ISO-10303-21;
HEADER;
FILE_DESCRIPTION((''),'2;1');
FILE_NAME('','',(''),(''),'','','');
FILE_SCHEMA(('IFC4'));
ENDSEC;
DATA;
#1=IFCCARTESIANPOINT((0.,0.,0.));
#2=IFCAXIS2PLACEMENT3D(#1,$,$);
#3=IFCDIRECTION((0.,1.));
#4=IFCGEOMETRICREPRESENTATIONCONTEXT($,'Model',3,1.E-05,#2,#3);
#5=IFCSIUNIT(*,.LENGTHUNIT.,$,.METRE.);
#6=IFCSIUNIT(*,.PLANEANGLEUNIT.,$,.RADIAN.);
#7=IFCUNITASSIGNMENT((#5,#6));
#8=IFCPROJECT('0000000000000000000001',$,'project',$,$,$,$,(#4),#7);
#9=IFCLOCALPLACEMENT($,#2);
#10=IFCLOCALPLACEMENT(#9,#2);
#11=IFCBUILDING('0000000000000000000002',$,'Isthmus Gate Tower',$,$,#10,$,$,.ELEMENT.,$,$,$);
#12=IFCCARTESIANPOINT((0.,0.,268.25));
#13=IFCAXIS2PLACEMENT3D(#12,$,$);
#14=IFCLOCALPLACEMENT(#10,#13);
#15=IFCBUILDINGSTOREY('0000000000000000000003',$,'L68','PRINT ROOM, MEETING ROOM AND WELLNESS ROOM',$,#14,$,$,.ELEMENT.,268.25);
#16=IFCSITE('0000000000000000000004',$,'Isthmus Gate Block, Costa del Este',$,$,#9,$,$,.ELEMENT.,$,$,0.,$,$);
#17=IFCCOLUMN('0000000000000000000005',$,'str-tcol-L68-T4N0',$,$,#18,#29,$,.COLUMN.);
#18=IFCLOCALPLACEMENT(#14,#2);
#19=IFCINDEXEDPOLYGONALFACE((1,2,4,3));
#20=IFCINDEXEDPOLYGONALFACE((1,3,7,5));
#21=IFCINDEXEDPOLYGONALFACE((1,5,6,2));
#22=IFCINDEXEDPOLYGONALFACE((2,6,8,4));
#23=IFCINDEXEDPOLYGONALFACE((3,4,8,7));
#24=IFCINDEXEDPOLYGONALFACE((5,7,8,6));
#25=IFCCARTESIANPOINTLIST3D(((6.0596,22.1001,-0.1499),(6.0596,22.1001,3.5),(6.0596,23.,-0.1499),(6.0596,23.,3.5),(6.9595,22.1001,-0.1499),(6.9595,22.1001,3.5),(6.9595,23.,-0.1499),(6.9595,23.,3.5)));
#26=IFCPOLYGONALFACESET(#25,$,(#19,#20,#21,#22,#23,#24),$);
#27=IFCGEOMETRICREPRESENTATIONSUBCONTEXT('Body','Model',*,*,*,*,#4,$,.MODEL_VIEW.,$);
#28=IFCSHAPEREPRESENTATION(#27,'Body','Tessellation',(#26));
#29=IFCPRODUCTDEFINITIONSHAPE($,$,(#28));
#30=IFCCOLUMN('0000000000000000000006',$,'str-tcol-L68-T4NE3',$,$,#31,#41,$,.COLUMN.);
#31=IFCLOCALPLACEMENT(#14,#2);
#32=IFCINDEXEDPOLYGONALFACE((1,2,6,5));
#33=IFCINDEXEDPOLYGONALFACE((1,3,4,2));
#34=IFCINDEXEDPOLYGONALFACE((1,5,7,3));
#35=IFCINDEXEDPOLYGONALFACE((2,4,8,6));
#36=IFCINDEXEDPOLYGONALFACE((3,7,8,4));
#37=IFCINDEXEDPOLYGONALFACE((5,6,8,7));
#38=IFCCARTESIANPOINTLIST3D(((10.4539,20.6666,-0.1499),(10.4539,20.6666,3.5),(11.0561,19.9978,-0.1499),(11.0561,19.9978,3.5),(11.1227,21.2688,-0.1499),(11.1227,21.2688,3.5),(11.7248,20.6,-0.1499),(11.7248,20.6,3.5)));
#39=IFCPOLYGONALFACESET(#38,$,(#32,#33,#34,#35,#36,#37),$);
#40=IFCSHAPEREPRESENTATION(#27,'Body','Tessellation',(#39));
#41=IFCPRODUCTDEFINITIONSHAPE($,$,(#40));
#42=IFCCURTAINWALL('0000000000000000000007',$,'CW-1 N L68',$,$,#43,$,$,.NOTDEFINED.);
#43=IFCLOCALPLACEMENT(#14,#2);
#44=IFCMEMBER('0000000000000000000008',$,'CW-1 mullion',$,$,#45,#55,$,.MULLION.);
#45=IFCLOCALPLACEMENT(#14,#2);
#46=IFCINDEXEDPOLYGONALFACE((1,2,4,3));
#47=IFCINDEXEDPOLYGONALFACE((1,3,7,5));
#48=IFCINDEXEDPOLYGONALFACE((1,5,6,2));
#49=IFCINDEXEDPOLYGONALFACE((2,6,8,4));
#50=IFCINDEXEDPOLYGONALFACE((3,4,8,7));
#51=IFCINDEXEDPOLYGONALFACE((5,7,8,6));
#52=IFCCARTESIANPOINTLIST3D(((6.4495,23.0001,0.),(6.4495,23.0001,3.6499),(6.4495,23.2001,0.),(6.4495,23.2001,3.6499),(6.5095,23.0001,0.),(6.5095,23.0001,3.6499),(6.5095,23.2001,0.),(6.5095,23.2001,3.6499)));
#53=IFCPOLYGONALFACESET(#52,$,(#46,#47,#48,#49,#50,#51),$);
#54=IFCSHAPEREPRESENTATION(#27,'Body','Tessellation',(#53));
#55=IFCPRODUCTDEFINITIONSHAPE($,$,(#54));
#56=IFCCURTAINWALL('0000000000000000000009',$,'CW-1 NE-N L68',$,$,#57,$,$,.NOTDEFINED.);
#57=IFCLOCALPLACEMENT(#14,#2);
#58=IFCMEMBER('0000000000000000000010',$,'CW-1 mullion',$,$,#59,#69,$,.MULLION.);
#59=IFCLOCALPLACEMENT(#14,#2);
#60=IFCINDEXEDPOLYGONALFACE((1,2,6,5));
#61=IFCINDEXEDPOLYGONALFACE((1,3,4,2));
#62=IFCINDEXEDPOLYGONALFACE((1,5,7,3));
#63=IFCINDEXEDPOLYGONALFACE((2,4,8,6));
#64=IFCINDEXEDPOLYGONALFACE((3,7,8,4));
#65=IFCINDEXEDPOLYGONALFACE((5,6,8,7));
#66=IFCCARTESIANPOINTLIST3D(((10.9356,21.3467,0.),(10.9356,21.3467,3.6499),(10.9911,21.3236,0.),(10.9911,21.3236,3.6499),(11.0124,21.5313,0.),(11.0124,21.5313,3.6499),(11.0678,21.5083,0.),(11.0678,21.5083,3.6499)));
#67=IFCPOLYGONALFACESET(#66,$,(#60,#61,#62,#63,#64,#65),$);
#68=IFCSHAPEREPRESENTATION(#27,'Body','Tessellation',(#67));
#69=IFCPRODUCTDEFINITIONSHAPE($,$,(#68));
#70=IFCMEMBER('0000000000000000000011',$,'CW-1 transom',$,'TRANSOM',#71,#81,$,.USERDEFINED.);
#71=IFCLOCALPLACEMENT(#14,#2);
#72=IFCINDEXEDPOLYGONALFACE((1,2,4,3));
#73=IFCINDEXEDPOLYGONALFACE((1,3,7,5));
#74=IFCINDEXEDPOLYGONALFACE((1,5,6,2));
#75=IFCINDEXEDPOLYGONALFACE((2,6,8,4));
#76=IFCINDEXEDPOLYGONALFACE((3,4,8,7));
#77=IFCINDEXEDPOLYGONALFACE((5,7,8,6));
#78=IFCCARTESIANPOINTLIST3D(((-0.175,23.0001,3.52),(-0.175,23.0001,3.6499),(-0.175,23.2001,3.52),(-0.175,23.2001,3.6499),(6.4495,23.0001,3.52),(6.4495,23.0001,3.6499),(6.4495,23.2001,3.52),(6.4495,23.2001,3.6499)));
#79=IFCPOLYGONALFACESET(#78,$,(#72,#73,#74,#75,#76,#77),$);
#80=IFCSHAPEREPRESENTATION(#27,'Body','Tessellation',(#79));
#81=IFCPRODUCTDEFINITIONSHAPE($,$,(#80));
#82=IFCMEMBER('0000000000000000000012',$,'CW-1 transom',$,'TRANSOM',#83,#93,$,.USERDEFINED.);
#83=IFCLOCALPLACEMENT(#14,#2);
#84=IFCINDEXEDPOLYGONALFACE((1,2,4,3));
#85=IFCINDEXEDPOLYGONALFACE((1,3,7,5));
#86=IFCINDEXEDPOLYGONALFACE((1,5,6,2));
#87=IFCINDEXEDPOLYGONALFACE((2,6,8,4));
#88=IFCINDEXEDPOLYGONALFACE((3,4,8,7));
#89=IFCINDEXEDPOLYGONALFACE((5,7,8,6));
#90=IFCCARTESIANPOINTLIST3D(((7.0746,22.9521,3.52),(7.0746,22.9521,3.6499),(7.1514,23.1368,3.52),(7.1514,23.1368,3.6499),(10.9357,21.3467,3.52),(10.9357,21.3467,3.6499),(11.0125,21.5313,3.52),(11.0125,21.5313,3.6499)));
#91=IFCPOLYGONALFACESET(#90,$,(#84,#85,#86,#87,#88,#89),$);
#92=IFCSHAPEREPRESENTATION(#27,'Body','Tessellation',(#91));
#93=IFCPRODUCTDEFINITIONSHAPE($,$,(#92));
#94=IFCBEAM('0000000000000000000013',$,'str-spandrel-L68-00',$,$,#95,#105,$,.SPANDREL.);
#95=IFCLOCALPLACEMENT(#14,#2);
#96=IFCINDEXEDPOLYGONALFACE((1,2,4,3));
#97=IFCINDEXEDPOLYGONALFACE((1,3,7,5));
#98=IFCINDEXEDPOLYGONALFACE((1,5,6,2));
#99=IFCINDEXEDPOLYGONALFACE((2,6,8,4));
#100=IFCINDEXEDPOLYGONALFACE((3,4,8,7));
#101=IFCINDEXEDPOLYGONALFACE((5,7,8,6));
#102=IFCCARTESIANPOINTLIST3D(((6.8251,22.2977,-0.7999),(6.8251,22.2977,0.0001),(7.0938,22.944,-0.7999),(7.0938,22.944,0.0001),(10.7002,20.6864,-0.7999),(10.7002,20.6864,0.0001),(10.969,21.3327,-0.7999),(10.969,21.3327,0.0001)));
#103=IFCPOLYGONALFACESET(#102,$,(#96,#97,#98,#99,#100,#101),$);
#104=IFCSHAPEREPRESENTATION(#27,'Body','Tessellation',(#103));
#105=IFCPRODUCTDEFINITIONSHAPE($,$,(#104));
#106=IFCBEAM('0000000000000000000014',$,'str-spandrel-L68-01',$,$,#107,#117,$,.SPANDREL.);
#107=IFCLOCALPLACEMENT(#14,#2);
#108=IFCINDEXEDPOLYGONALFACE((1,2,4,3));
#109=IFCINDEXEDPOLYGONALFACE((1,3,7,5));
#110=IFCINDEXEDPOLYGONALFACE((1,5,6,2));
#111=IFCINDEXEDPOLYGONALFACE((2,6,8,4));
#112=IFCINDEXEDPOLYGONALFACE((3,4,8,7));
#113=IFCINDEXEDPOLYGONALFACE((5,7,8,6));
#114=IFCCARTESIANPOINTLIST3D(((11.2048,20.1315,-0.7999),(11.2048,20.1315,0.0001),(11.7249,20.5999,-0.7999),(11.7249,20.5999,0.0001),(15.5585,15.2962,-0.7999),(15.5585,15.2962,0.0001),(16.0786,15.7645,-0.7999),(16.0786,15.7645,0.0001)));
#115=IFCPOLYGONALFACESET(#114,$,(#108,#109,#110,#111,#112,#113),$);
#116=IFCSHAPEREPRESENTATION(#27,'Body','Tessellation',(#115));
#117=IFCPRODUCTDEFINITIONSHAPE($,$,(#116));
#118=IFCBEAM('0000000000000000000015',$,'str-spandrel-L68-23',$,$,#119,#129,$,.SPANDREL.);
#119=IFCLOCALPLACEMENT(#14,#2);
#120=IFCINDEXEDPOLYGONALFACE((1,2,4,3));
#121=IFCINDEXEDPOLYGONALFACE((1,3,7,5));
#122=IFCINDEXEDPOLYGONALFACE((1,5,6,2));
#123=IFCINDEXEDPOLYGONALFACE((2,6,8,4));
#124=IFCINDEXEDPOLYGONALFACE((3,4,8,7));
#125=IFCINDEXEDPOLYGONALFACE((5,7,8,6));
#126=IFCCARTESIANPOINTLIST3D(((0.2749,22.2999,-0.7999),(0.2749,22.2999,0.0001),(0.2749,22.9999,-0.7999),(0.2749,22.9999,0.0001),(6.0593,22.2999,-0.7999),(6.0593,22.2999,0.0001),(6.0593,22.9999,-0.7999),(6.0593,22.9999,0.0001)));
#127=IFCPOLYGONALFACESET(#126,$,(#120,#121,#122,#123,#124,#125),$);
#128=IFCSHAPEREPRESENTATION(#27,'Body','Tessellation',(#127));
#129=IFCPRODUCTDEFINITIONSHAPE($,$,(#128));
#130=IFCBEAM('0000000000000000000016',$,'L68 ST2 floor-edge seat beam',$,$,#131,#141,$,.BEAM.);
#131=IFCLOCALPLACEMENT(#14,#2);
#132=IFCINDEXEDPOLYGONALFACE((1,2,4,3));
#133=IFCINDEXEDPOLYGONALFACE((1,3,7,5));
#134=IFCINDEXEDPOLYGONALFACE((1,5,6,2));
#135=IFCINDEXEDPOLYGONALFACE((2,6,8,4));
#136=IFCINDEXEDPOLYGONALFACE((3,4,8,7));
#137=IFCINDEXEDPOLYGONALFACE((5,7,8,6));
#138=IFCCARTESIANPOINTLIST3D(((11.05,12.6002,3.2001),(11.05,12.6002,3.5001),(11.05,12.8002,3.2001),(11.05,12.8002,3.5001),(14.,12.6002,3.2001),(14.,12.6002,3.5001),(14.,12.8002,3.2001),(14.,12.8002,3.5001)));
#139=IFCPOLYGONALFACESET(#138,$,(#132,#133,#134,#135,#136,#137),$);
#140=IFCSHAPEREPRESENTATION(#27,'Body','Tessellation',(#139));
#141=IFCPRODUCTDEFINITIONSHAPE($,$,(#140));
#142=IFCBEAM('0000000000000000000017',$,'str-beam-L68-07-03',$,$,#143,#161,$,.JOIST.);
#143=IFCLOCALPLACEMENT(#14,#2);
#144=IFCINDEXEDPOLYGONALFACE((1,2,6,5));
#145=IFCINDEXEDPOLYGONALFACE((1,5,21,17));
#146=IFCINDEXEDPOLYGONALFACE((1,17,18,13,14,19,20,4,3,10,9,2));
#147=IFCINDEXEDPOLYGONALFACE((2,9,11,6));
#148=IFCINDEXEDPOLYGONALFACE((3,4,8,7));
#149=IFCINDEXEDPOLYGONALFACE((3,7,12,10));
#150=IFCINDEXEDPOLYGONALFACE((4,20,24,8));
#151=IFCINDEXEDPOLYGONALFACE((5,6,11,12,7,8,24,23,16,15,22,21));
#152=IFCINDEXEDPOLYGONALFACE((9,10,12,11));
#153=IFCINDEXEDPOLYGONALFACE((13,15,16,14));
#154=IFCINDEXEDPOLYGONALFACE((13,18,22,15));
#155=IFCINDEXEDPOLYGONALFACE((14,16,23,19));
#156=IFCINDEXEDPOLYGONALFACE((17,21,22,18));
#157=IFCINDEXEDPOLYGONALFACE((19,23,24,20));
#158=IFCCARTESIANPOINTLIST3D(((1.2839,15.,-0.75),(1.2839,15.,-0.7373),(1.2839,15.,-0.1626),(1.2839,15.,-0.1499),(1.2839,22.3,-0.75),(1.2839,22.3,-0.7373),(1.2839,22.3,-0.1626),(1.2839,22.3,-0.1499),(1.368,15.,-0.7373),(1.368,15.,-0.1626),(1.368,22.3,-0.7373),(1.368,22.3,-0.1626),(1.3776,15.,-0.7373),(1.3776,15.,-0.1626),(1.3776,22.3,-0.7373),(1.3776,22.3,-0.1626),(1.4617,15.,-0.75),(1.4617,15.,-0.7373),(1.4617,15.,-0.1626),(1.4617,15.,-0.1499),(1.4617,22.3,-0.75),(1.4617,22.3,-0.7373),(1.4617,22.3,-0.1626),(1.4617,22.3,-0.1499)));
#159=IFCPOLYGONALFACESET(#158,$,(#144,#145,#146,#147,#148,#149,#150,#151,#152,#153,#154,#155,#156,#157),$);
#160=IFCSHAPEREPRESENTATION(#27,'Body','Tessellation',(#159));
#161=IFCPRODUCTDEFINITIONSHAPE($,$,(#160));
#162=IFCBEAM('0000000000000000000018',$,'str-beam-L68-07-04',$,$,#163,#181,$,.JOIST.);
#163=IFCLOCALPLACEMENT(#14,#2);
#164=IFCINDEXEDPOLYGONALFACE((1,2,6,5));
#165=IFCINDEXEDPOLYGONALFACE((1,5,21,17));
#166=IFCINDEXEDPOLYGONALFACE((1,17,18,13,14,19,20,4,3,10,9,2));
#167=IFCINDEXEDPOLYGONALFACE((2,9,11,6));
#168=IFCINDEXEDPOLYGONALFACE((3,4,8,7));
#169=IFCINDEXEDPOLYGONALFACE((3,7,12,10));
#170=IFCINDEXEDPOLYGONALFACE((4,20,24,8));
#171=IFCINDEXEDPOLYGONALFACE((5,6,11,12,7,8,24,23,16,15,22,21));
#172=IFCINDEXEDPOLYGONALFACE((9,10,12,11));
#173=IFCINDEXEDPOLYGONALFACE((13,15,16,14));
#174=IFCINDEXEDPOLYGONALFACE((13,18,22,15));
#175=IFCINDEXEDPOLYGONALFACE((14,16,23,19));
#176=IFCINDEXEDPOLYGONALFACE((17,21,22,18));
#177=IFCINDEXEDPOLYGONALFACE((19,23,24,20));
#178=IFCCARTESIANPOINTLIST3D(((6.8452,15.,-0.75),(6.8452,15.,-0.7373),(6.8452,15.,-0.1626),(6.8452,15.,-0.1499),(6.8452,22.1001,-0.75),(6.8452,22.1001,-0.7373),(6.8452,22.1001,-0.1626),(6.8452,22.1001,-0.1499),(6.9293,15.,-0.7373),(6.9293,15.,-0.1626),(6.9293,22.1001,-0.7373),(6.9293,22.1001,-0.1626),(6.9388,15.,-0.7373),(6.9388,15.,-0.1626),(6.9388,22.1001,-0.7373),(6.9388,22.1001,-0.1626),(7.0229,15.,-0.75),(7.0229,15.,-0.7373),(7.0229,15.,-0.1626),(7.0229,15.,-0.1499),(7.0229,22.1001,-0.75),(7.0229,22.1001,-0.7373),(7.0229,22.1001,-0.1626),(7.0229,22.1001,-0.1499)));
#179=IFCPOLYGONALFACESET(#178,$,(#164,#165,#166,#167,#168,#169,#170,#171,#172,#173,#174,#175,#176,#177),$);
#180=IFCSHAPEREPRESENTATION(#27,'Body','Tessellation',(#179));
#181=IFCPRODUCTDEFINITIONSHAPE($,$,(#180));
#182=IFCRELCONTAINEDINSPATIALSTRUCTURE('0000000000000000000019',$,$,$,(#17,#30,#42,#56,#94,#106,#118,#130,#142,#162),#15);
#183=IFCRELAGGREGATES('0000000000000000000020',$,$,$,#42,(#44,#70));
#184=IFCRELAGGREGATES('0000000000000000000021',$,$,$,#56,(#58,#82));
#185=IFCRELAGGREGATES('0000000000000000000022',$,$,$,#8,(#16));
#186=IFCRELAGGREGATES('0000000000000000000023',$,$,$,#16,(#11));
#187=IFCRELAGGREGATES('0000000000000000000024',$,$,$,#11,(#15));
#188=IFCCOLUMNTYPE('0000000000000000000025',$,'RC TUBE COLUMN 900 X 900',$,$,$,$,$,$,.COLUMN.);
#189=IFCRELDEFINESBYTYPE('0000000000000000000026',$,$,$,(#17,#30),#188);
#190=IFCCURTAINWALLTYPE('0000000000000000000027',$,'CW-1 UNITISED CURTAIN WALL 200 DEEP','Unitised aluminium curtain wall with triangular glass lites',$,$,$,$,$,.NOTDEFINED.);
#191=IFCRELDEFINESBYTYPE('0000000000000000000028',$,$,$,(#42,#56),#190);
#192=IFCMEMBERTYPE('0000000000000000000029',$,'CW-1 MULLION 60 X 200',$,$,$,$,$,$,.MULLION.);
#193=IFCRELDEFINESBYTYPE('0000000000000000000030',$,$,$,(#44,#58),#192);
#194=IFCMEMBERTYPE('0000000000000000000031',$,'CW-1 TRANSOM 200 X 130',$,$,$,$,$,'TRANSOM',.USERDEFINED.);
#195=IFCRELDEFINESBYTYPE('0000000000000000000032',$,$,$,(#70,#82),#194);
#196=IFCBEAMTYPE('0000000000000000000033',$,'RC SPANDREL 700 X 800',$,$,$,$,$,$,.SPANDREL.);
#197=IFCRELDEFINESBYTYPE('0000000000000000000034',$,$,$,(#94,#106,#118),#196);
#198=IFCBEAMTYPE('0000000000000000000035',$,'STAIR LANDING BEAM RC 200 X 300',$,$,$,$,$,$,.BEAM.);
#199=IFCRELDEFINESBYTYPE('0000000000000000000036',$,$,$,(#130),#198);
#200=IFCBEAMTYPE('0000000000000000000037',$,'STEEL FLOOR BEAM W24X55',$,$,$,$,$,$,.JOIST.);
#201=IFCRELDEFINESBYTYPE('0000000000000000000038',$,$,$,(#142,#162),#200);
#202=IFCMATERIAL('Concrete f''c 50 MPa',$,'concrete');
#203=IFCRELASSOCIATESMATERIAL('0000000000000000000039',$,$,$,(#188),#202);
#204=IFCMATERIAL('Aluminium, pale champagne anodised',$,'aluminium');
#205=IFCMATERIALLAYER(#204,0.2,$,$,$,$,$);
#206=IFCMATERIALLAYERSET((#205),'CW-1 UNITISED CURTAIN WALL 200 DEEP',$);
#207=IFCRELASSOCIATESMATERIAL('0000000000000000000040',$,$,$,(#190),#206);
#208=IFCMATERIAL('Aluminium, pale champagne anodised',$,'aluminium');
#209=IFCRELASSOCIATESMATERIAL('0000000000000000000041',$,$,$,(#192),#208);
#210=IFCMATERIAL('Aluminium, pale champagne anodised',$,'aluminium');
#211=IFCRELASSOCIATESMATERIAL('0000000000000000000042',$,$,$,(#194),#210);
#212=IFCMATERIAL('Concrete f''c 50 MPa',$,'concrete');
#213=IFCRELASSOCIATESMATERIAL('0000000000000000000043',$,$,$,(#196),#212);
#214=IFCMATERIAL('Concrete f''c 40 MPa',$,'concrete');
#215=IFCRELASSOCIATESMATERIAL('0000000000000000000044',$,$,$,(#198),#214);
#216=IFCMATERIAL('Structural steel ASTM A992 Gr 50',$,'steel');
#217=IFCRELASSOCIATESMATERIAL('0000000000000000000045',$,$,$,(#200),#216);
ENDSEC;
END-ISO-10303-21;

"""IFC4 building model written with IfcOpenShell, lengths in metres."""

from ifc_helpers import new_model, si_unit, direction, frame, origin, origin_2d, place, context, subcontext, project, spatial, rectangle, i_section, extrude, material, layer, layer_set, material_profile, profile_set, type_object, element, aggregate, save


model = new_model("IFC4")

# Units and contexts
model_context = context("Model", 3, precision=1e-05, world=origin(), true_north=direction((0.0, 1.0)))
body_context = subcontext(model_context, "Body", "Model", "MODEL_VIEW")
ifc_project = project(units=[si_unit("LENGTHUNIT", "METRE"), si_unit("PLANEANGLEUNIT", "RADIAN")], contexts=[model_context])

# Site, building, storey
site_placement = place(None, origin())
site = spatial("IfcSite", under=ifc_project, at=site_placement, Name="Isthmus Gate Block, Costa del Este", CompositionType="ELEMENT", RefElevation=0.0)
building_placement = place(site_placement, origin())
building = spatial("IfcBuilding", under=site, at=building_placement, Name="Isthmus Gate Tower", CompositionType="ELEMENT")
storey_placement = place(building_placement, frame((0.0, 0.0, 268.25)))
storey = spatial("IfcBuildingStorey", under=building, at=storey_placement, Name="L68", Description="PRINT ROOM, MEETING ROOM AND WELLNESS ROOM", CompositionType="ELEMENT", Elevation=268.25)

# Columns
ifc_material_1 = material(Name="Concrete f'c 50 MPa", Category="concrete")
ifc_material_profile_1 = material_profile(ifc_material_1, rectangle(XDim=0.8999, YDim=0.8999, at=origin_2d()), Name="RC 900X900")
ifc_profile_set_1 = profile_set([ifc_material_profile_1], Name="Concrete f'c 50 MPa")
column_type = type_object("IfcColumnType", Name="RC TUBE COLUMN 900 X 900", PredefinedType="COLUMN", material=ifc_profile_set_1)
for number, where, z_axis, x_axis, name in (
    (1, (6.5095, 22.55, -0.1499), (0.0, 0.0, 1.0), (-1.0, 0.0, 0.0), "str-tcol-L68-T4N0"),
    (2, (11.0894, 20.6333, -0.1499), (0.0, 0.0, 1.0), (-0.669131, 0.743145, 0.0), "str-tcol-L68-T4NE3"),
):
    element("IfcColumn", number, at=place(storey_placement, frame(where, z_axis=z_axis, x_axis=x_axis)), inside=storey, type_object=column_type, Name=name, PredefinedType="COLUMN", context=body_context, shape_type="SweptSolid", body=[
        extrude(rectangle(XDim=0.8999, YDim=0.8999, at=origin_2d()), origin(), (0.0, 0.0, 1.0), 3.6499),
    ])

# Curtain walls, members
ifc_material_2 = material(Name="Aluminium, pale champagne anodised", Category="aluminium")
ifc_layer_1 = layer(ifc_material_2, 0.2)
ifc_layer_set_1 = layer_set([ifc_layer_1], Name="CW-1 UNITISED CURTAIN WALL 200 DEEP")
curtain_wall_type = type_object("IfcCurtainWallType", Name="CW-1 UNITISED CURTAIN WALL 200 DEEP", Description="Unitised aluminium curtain wall with triangular glass lites", PredefinedType="NOTDEFINED", material=ifc_layer_set_1)
curtain_wall_1_placement = place(storey_placement, origin())
curtain_wall_1 = element("IfcCurtainWall", 3, at=curtain_wall_1_placement, inside=storey, type_object=curtain_wall_type, Name="CW-1 N L68", PredefinedType="NOTDEFINED")
ifc_material_3 = material(Name="Aluminium, pale champagne anodised", Category="aluminium")
ifc_material_profile_2 = material_profile(ifc_material_3, rectangle(XDim=0.0601, YDim=0.2, at=origin_2d()), Name="60x200")
ifc_profile_set_2 = profile_set([ifc_material_profile_2], Name="Aluminium, pale champagne anodised")
member_type_1 = type_object("IfcMemberType", Name="CW-1 MULLION 60 X 200", PredefinedType="MULLION", material=ifc_profile_set_2)
member_1_placement = place(storey_placement, frame((6.4795, 23.1001, 0.0), z_axis=(0.0, 0.0, 1.0), x_axis=(-1.0, 0.0, 0.0)))
member_1 = element("IfcMember", 4, at=member_1_placement, type_object=member_type_1, Name="CW-1 mullion", PredefinedType="MULLION", context=body_context, shape_type="SweptSolid", body=[
    extrude(rectangle(XDim=0.0601, YDim=0.2, at=origin_2d()), origin(), (0.0, 0.0, 1.0), 3.6499),
])
curtain_wall_2_placement = place(storey_placement, origin())
curtain_wall_2 = element("IfcCurtainWall", 5, at=curtain_wall_2_placement, inside=storey, type_object=curtain_wall_type, Name="CW-1 NE-N L68", PredefinedType="NOTDEFINED")
member_2_placement = place(storey_placement, frame((11.0017, 21.4275, 0.0), z_axis=(0.0, 0.0, 1.0), x_axis=(-0.923353, 0.383952, 0.0)))
member_2 = element("IfcMember", 6, at=member_2_placement, type_object=member_type_1, Name="CW-1 mullion", PredefinedType="MULLION", context=body_context, shape_type="SweptSolid", body=[
    extrude(rectangle(XDim=0.0601, YDim=0.2, at=origin_2d()), origin(), (0.0, 0.0, 1.0), 3.6499),
])

# Members
ifc_material_4 = material(Name="Aluminium, pale champagne anodised", Category="aluminium")
ifc_material_profile_3 = material_profile(ifc_material_4, rectangle(XDim=0.2, YDim=0.1299, at=origin_2d()), Name="200x130")
ifc_profile_set_3 = profile_set([ifc_material_profile_3], Name="Aluminium, pale champagne anodised")
member_type_2 = type_object("IfcMemberType", Name="CW-1 TRANSOM 200 X 130", ElementType="TRANSOM", PredefinedType="USERDEFINED", material=ifc_profile_set_3)
member_3_placement = place(storey_placement, frame((6.4495, 23.1001, 3.585), z_axis=(-1.0, 0.0, 0.0), x_axis=(0.0, -1.0, 0.0)))
member_3 = element("IfcMember", 7, at=member_3_placement, type_object=member_type_2, Name="CW-1 transom", ObjectType="TRANSOM", PredefinedType="USERDEFINED", context=body_context, shape_type="SweptSolid", body=[
    extrude(rectangle(XDim=0.2, YDim=0.1299, at=origin_2d()), origin(), (0.0, 0.0, 1.0), 6.6245),
])
member_4_placement = place(storey_placement, frame((10.9741, 21.439, 3.585), z_axis=(-0.923358, 0.38394, 0.0), x_axis=(-0.38394, -0.923358, 0.0)))
member_4 = element("IfcMember", 8, at=member_4_placement, type_object=member_type_2, Name="CW-1 transom", ObjectType="TRANSOM", PredefinedType="USERDEFINED", context=body_context, shape_type="SweptSolid", body=[
    extrude(rectangle(XDim=0.2, YDim=0.1299, at=origin_2d()), origin(), (0.0, 0.0, 1.0), 4.1816),
])

# Beams
ifc_material_5 = material(Name="Concrete f'c 50 MPa", Category="concrete")
ifc_material_profile_4 = material_profile(ifc_material_5, rectangle(XDim=0.7, YDim=0.8, at=origin_2d()), Name="RC 700X800")
ifc_profile_set_4 = profile_set([ifc_material_profile_4], Name="Concrete f'c 50 MPa")
beam_type_1 = type_object("IfcBeamType", Name="RC SPANDREL 700 X 800", PredefinedType="SPANDREL", material=ifc_profile_set_4)
beam_1_placement = place(storey_placement, frame((6.9595, 22.6208, -0.3999), z_axis=(0.923361, -0.383934, 0.0), x_axis=(0.383934, 0.923361, 0.0)))
element("IfcBeam", 9, at=beam_1_placement, inside=storey, type_object=beam_type_1, Name="str-spandrel-L68-00", PredefinedType="SPANDREL", context=body_context, shape_type="SweptSolid", body=[
    extrude(rectangle(XDim=0.7, YDim=0.8, at=origin_2d()), origin(), (0.0, 0.0, 1.0), 4.1968),
])
beam_2_placement = place(storey_placement, frame((11.4648, 20.3657, -0.3999), z_axis=(0.669122, -0.743152, 0.0), x_axis=(0.743152, 0.669122, 0.0)))
element("IfcBeam", 10, at=beam_2_placement, inside=storey, type_object=beam_type_1, Name="str-spandrel-L68-01", PredefinedType="SPANDREL", context=body_context, shape_type="SweptSolid", body=[
    extrude(rectangle(XDim=0.7, YDim=0.8, at=origin_2d()), origin(), (0.0, 0.0, 1.0), 6.5066),
])
beam_3_placement = place(storey_placement, frame((0.2749, 22.6499, -0.3999), z_axis=(1.0, 0.0, 0.0), x_axis=(0.0, 1.0, 0.0)))
element("IfcBeam", 11, at=beam_3_placement, inside=storey, type_object=beam_type_1, Name="str-spandrel-L68-23", PredefinedType="SPANDREL", context=body_context, shape_type="SweptSolid", body=[
    extrude(rectangle(XDim=0.7, YDim=0.8, at=origin_2d()), origin(), (0.0, 0.0, 1.0), 5.7844),
])
ifc_material_6 = material(Name="Concrete f'c 40 MPa", Category="concrete")
ifc_material_profile_5 = material_profile(ifc_material_6, rectangle(XDim=0.2, YDim=0.3, at=origin_2d()), Name="STAIR LANDING BEAM RC 200 X 300")
ifc_profile_set_5 = profile_set([ifc_material_profile_5], Name="Concrete f'c 40 MPa")
beam_type_2 = type_object("IfcBeamType", Name="STAIR LANDING BEAM RC 200 X 300", PredefinedType="BEAM", material=ifc_profile_set_5)
beam_4_placement = place(storey_placement, frame((11.05, 12.7002, 3.3501), z_axis=(1.0, 0.0, 0.0), x_axis=(0.0, 1.0, 0.0)))
element("IfcBeam", 12, at=beam_4_placement, inside=storey, type_object=beam_type_2, Name="L68 ST2 floor-edge seat beam", PredefinedType="BEAM", context=body_context, shape_type="SweptSolid", body=[
    extrude(rectangle(XDim=0.2, YDim=0.3, at=origin_2d()), origin(), (0.0, 0.0, 1.0), 2.95),
])
ifc_material_7 = material(Name="Structural steel ASTM A992 Gr 50", Category="steel")
ifc_material_profile_6 = material_profile(ifc_material_7, i_section(OverallWidth=0.1777, OverallDepth=0.6001, WebThickness=0.0095, FlangeThickness=0.0127, at=origin_2d()), Name="W24X55")
ifc_profile_set_6 = profile_set([ifc_material_profile_6], Name="Structural steel ASTM A992 Gr 50")
beam_type_3 = type_object("IfcBeamType", Name="STEEL FLOOR BEAM W24X55", PredefinedType="JOIST", material=ifc_profile_set_6)
beam_5_placement = place(storey_placement, frame((1.3728, 15.0, -0.45), z_axis=(0.0, 1.0, 0.0), x_axis=(-1.0, 0.0, 0.0)))
element("IfcBeam", 13, at=beam_5_placement, inside=storey, type_object=beam_type_3, Name="str-beam-L68-07-03", PredefinedType="JOIST", context=body_context, shape_type="SweptSolid", body=[
    extrude(i_section(OverallWidth=0.1777, OverallDepth=0.6001, WebThickness=0.0095, FlangeThickness=0.0127, at=origin_2d()), origin(), (0.0, 0.0, 1.0), 7.3),
])
beam_6_placement = place(storey_placement, frame((6.9341, 15.0, -0.45), z_axis=(0.0, 1.0, 0.0), x_axis=(-1.0, 0.0, 0.0)))
element("IfcBeam", 14, at=beam_6_placement, inside=storey, type_object=beam_type_3, Name="str-beam-L68-07-04", PredefinedType="JOIST", context=body_context, shape_type="SweptSolid", body=[
    extrude(i_section(OverallWidth=0.1777, OverallDepth=0.6001, WebThickness=0.0095, FlangeThickness=0.0127, at=origin_2d()), origin(), (0.0, 0.0, 1.0), 7.1001),
])

aggregate(curtain_wall_1, [member_1, member_3])
aggregate(curtain_wall_2, [member_2, member_4])

save(model, "model.ifc")
